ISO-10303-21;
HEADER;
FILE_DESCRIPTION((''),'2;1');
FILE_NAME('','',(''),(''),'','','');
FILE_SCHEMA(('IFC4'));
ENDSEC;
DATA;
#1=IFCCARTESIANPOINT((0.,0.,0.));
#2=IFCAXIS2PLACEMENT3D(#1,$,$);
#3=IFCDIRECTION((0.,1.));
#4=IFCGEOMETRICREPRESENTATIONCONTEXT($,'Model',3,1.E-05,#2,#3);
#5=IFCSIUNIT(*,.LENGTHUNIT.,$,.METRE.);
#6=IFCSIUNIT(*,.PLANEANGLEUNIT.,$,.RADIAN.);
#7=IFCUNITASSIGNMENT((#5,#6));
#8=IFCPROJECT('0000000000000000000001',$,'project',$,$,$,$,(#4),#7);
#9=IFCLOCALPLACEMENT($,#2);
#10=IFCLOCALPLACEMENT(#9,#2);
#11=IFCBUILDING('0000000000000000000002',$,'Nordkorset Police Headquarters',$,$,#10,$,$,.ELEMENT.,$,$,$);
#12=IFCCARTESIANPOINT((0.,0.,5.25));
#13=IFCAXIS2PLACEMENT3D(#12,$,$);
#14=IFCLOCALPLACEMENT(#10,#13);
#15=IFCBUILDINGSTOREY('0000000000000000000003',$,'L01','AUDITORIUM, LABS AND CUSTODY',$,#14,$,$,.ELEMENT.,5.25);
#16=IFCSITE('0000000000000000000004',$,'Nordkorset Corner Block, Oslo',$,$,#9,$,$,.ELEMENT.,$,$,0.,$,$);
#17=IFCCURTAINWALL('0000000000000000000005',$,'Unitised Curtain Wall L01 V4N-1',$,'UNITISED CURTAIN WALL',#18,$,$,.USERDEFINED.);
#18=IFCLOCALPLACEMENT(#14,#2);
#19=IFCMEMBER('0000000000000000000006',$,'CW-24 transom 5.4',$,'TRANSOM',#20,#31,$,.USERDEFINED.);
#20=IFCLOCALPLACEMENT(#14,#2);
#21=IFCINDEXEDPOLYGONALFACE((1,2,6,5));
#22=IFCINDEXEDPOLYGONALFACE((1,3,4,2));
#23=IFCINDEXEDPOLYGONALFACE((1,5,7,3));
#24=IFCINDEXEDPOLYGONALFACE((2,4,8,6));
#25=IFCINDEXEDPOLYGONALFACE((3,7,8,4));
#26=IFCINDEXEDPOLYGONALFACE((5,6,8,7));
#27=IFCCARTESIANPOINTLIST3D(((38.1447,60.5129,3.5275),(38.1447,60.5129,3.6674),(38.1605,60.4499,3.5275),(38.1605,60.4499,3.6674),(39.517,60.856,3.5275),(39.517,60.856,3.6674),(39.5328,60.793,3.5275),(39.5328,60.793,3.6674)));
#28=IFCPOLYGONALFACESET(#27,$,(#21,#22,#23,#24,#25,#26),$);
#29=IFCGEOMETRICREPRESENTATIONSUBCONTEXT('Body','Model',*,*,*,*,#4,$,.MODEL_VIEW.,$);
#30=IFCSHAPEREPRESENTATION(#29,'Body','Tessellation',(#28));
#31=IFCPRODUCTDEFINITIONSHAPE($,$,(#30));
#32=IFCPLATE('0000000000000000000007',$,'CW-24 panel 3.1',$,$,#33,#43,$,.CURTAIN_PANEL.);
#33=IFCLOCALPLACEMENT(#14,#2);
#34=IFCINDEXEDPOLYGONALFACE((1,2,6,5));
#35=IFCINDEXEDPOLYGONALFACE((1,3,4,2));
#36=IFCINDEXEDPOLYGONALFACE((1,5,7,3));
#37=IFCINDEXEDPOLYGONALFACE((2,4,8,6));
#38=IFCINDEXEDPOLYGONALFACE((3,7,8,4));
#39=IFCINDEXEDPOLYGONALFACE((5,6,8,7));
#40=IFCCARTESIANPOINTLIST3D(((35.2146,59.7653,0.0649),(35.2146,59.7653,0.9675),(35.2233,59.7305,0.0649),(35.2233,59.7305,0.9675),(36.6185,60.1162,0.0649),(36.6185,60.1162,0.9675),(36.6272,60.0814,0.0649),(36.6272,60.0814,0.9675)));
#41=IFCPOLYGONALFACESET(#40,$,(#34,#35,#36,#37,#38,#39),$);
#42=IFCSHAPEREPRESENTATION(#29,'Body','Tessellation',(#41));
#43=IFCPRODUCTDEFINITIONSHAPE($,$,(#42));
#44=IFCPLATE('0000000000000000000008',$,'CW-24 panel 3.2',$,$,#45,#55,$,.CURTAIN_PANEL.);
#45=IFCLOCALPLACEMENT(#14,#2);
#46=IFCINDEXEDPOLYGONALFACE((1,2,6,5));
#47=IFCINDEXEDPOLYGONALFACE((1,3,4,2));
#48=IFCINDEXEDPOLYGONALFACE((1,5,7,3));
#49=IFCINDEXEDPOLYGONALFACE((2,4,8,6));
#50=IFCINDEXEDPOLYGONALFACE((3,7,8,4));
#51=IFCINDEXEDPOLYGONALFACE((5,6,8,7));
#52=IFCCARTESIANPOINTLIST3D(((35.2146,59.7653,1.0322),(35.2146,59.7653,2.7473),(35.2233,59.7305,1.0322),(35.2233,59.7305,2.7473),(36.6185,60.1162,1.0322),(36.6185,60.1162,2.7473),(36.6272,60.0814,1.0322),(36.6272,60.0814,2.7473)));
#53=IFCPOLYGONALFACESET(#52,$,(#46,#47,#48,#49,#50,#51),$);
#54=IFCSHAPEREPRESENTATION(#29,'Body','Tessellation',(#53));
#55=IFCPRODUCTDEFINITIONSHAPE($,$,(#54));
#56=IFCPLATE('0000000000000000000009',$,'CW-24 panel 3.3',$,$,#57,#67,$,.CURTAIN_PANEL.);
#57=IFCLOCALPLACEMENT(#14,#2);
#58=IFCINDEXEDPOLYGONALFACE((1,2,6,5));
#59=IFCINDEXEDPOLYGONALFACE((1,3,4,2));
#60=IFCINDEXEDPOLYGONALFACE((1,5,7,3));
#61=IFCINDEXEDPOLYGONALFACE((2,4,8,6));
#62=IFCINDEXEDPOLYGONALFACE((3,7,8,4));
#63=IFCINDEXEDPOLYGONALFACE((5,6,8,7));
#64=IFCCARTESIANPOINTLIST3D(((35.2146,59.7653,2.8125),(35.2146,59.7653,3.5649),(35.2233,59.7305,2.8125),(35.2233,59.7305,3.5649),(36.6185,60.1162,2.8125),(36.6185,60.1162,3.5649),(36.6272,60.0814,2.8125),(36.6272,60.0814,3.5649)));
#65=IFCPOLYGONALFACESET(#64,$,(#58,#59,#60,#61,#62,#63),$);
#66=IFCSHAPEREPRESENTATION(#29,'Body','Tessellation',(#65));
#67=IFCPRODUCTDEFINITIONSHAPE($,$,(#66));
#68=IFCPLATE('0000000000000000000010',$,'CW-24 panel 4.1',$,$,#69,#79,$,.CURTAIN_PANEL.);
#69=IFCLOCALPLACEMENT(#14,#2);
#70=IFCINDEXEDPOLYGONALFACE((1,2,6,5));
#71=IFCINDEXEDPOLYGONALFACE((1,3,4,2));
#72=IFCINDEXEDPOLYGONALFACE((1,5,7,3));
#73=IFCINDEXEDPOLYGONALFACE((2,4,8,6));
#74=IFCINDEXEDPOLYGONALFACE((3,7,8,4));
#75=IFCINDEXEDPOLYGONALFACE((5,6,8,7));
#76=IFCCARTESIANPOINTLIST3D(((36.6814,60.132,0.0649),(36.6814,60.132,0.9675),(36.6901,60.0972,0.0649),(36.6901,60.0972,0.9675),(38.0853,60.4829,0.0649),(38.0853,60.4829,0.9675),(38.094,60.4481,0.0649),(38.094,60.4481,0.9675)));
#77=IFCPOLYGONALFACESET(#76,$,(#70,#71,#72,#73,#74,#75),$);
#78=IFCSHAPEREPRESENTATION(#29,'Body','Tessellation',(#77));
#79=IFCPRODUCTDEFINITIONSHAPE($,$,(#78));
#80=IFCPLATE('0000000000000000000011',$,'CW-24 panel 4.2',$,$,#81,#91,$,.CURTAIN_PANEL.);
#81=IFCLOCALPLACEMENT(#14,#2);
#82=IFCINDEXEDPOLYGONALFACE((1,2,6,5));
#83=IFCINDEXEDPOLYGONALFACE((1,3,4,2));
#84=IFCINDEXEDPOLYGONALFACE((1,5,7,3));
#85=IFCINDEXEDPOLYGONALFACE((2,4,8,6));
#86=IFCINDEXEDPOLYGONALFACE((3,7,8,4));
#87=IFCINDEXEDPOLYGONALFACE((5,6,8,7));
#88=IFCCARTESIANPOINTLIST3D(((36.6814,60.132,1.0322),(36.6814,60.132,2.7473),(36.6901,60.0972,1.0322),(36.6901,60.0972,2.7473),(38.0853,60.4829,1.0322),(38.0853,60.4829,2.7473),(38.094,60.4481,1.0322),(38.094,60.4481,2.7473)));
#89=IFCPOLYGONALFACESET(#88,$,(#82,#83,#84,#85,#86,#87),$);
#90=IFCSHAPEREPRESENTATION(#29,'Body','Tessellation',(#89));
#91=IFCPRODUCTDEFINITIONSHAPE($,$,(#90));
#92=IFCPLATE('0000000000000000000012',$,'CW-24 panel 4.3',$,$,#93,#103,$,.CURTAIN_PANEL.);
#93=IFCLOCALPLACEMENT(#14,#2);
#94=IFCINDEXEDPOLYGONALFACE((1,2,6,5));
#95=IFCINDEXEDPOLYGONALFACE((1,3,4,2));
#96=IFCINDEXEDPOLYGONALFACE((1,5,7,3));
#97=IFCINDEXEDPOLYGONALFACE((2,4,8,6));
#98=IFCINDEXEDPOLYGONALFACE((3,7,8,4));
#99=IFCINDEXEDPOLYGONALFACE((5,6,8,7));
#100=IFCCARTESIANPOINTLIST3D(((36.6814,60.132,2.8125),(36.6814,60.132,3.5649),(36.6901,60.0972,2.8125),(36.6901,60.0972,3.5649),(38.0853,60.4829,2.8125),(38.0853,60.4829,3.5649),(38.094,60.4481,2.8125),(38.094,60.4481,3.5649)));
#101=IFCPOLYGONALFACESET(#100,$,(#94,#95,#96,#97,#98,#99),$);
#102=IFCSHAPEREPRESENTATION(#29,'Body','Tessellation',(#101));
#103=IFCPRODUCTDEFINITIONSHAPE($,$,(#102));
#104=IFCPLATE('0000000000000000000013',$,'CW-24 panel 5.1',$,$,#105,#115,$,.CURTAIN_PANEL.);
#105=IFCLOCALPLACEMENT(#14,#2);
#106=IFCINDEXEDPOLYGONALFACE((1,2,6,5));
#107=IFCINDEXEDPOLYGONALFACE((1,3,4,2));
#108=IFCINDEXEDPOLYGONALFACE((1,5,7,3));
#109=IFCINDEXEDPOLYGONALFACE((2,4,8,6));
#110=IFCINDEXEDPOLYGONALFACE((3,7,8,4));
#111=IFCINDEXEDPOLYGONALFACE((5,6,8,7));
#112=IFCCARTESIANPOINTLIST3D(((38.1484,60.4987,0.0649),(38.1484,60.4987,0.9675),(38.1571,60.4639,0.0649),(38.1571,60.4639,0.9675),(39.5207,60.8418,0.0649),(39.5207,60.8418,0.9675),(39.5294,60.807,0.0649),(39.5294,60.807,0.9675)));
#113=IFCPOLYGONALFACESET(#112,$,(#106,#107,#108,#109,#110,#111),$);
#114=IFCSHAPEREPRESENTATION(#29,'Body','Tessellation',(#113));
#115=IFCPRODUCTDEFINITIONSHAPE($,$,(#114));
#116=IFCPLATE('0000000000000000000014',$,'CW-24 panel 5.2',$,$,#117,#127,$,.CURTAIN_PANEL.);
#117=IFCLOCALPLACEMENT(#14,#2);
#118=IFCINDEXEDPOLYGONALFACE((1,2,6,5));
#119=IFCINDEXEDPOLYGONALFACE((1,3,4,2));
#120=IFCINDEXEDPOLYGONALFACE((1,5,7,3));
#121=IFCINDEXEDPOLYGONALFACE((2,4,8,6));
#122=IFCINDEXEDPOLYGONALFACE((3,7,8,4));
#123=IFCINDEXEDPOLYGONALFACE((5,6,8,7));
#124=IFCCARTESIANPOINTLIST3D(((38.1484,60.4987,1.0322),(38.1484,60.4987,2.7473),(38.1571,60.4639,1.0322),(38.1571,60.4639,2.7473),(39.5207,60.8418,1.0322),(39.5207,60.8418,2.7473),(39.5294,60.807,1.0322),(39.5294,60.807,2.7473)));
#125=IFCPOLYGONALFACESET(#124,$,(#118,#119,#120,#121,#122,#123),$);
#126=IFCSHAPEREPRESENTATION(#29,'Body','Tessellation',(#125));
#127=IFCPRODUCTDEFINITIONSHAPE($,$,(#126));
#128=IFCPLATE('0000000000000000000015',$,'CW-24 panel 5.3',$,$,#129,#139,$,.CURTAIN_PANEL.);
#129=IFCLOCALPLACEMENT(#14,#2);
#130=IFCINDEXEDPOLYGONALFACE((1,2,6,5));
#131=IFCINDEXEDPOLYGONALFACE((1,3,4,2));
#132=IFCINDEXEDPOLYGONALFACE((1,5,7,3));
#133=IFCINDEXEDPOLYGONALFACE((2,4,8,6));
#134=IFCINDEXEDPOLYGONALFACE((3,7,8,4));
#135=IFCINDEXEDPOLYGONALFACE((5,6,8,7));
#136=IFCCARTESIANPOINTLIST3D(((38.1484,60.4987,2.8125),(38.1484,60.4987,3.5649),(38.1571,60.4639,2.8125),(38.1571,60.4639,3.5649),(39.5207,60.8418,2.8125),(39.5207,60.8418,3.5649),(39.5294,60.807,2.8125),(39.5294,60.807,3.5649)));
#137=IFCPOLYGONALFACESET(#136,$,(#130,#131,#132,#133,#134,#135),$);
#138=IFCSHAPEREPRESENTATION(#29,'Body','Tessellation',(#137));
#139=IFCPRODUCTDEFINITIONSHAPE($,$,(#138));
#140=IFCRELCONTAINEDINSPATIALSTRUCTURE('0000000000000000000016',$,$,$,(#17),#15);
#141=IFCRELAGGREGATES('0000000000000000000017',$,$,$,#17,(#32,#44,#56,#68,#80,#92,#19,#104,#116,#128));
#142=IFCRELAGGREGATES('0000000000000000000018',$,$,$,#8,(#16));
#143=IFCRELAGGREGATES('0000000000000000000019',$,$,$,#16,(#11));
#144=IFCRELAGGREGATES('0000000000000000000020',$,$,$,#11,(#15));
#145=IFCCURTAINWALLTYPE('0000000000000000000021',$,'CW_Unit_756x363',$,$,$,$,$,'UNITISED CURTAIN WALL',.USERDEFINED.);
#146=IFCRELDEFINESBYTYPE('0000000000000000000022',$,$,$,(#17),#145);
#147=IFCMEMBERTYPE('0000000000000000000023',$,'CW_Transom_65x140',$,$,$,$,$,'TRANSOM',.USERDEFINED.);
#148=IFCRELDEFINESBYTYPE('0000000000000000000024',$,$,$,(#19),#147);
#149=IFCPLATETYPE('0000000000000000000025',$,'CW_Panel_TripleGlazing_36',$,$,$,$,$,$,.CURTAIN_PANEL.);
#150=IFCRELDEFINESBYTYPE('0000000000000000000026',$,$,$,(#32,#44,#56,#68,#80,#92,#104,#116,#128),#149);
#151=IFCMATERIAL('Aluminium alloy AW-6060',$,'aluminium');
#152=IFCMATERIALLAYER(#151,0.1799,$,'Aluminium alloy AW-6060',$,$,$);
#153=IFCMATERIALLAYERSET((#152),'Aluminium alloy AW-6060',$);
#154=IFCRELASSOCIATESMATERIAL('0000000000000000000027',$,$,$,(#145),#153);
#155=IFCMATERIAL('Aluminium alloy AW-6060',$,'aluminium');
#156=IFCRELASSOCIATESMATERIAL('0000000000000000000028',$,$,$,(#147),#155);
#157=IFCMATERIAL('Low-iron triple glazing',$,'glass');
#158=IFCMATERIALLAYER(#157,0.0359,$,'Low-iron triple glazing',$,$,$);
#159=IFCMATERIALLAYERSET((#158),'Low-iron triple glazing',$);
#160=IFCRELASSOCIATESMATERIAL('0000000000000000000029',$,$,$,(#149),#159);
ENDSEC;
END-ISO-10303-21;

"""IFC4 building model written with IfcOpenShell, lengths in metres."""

from ifc_helpers import new_model, si_unit, direction, frame, origin, origin_2d, place, context, subcontext, project, spatial, rectangle, extrude, material, layer, layer_set, material_profile, profile_set, type_object, element, aggregate, save


model = new_model("IFC4")

# Units and contexts
model_context = context("Model", 3, precision=1e-05, world=origin(), true_north=direction((0.0, 1.0)))
body_context = subcontext(model_context, "Body", "Model", "MODEL_VIEW")
ifc_project = project(units=[si_unit("LENGTHUNIT", "METRE"), si_unit("PLANEANGLEUNIT", "RADIAN")], contexts=[model_context])

# Site, building, storey
site_placement = place(None, origin())
site = spatial("IfcSite", under=ifc_project, at=site_placement, Name="Nordkorset Corner Block, Oslo", CompositionType="ELEMENT", RefElevation=0.0)
building_placement = place(site_placement, origin())
building = spatial("IfcBuilding", under=site, at=building_placement, Name="Nordkorset Police Headquarters", CompositionType="ELEMENT")
storey_placement = place(building_placement, frame((0.0, 0.0, 5.25)))
storey = spatial("IfcBuildingStorey", under=building, at=storey_placement, Name="L01", Description="AUDITORIUM, LABS AND CUSTODY", CompositionType="ELEMENT", Elevation=5.25)

# Curtain wall, member, plates
ifc_material_1 = material(Name="Aluminium alloy AW-6060", Category="aluminium")
ifc_layer_1 = layer(ifc_material_1, 0.1799, Name="Aluminium alloy AW-6060")
ifc_layer_set_1 = layer_set([ifc_layer_1], Name="Aluminium alloy AW-6060")
curtain_wall_type = type_object("IfcCurtainWallType", Name="CW_Unit_756x363", ElementType="UNITISED CURTAIN WALL", PredefinedType="USERDEFINED", material=ifc_layer_set_1)
curtain_wall_placement = place(storey_placement, origin())
curtain_wall = element("IfcCurtainWall", 1, at=curtain_wall_placement, inside=storey, type_object=curtain_wall_type, Name="Unitised Curtain Wall L01 V4N-1", ObjectType="UNITISED CURTAIN WALL", PredefinedType="USERDEFINED")
ifc_material_2 = material(Name="Aluminium alloy AW-6060", Category="aluminium")
ifc_material_profile_1 = material_profile(ifc_material_2, rectangle(XDim=0.0649, YDim=0.1399, at=origin_2d()), Name="ALU TRAN 65x140")
ifc_profile_set_1 = profile_set([ifc_material_profile_1], Name="Aluminium alloy AW-6060")
member_type_1 = type_object("IfcMemberType", Name="CW_Transom_65x140", ElementType="TRANSOM", PredefinedType="USERDEFINED", material=ifc_profile_set_1)
member_1_placement = place(storey_placement, frame((38.1526, 60.4814, 3.5974), z_axis=(0.970153, 0.242495, 0.0), x_axis=(-0.242495, 0.970153, 0.0)))
member_1 = element("IfcMember", 2, at=member_1_placement, type_object=member_type_1, Name="CW-24 transom 5.4", ObjectType="TRANSOM", PredefinedType="USERDEFINED", context=body_context, shape_type="SweptSolid", body=[
    extrude(rectangle(XDim=0.0649, YDim=0.1399, at=origin_2d()), origin(), (0.0, 0.0, 1.0), 1.4146),
])
ifc_material_3 = material(Name="Low-iron triple glazing", Category="glass")
ifc_layer_2 = layer(ifc_material_3, 0.0359, Name="Low-iron triple glazing")
ifc_layer_set_2 = layer_set([ifc_layer_2], Name="Low-iron triple glazing")
plate_type = type_object("IfcPlateType", Name="CW_Panel_TripleGlazing_36", PredefinedType="CURTAIN_PANEL", material=ifc_layer_set_2)
plate_1_placement = place(storey_placement, frame((35.9209, 59.9233, 0.0649), z_axis=(0.0, 0.0, 1.0), x_axis=(0.970143, 0.242536, 0.0)))
plate_1 = element("IfcPlate", 3, at=plate_1_placement, type_object=plate_type, Name="CW-24 panel 3.1", PredefinedType="CURTAIN_PANEL", context=body_context, shape_type="SweptSolid", body=[
    extrude(rectangle(XDim=1.447, YDim=0.0359, at=origin_2d()), origin(), (0.0, 0.0, 1.0), 0.9026),
])
plate_2_placement = place(storey_placement, frame((35.9209, 59.9233, 1.0322), z_axis=(0.0, 0.0, 1.0), x_axis=(0.970143, 0.242536, 0.0)))
plate_2 = element("IfcPlate", 4, at=plate_2_placement, type_object=plate_type, Name="CW-24 panel 3.2", PredefinedType="CURTAIN_PANEL", context=body_context, shape_type="SweptSolid", body=[
    extrude(rectangle(XDim=1.447, YDim=0.0359, at=origin_2d()), origin(), (0.0, 0.0, 1.0), 1.7151),
])
plate_3_placement = place(storey_placement, frame((35.9209, 59.9233, 2.8125), z_axis=(0.0, 0.0, 1.0), x_axis=(0.970143, 0.242536, 0.0)))
plate_3 = element("IfcPlate", 5, at=plate_3_placement, type_object=plate_type, Name="CW-24 panel 3.3", PredefinedType="CURTAIN_PANEL", context=body_context, shape_type="SweptSolid", body=[
    extrude(rectangle(XDim=1.447, YDim=0.0359, at=origin_2d()), origin(), (0.0, 0.0, 1.0), 0.7524),
])
plate_4_placement = place(storey_placement, frame((37.3877, 60.29, 0.0649), z_axis=(0.0, 0.0, 1.0), x_axis=(0.970143, 0.242536, 0.0)))
plate_4 = element("IfcPlate", 6, at=plate_4_placement, type_object=plate_type, Name="CW-24 panel 4.1", PredefinedType="CURTAIN_PANEL", context=body_context, shape_type="SweptSolid", body=[
    extrude(rectangle(XDim=1.447, YDim=0.0359, at=origin_2d()), origin(), (0.0, 0.0, 1.0), 0.9026),
])
plate_5_placement = place(storey_placement, frame((37.3877, 60.29, 1.0322), z_axis=(0.0, 0.0, 1.0), x_axis=(0.970143, 0.242536, 0.0)))
plate_5 = element("IfcPlate", 7, at=plate_5_placement, type_object=plate_type, Name="CW-24 panel 4.2", PredefinedType="CURTAIN_PANEL", context=body_context, shape_type="SweptSolid", body=[
    extrude(rectangle(XDim=1.447, YDim=0.0359, at=origin_2d()), origin(), (0.0, 0.0, 1.0), 1.7151),
])
plate_6_placement = place(storey_placement, frame((37.3877, 60.29, 2.8125), z_axis=(0.0, 0.0, 1.0), x_axis=(0.970143, 0.242536, 0.0)))
plate_6 = element("IfcPlate", 8, at=plate_6_placement, type_object=plate_type, Name="CW-24 panel 4.3", PredefinedType="CURTAIN_PANEL", context=body_context, shape_type="SweptSolid", body=[
    extrude(rectangle(XDim=1.447, YDim=0.0359, at=origin_2d()), origin(), (0.0, 0.0, 1.0), 0.7524),
])
plate_7_placement = place(storey_placement, frame((38.8389, 60.6528, 0.0649), z_axis=(0.0, 0.0, 1.0), x_axis=(0.970143, 0.242536, 0.0)))
plate_7 = element("IfcPlate", 9, at=plate_7_placement, type_object=plate_type, Name="CW-24 panel 5.1", PredefinedType="CURTAIN_PANEL", context=body_context, shape_type="SweptSolid", body=[
    extrude(rectangle(XDim=1.4146, YDim=0.0359, at=origin_2d()), origin(), (0.0, 0.0, 1.0), 0.9026),
])
plate_8_placement = place(storey_placement, frame((38.8389, 60.6528, 1.0322), z_axis=(0.0, 0.0, 1.0), x_axis=(0.970143, 0.242536, 0.0)))
plate_8 = element("IfcPlate", 10, at=plate_8_placement, type_object=plate_type, Name="CW-24 panel 5.2", PredefinedType="CURTAIN_PANEL", context=body_context, shape_type="SweptSolid", body=[
    extrude(rectangle(XDim=1.4146, YDim=0.0359, at=origin_2d()), origin(), (0.0, 0.0, 1.0), 1.7151),
])
plate_9_placement = place(storey_placement, frame((38.8389, 60.6528, 2.8125), z_axis=(0.0, 0.0, 1.0), x_axis=(0.970143, 0.242536, 0.0)))
plate_9 = element("IfcPlate", 11, at=plate_9_placement, type_object=plate_type, Name="CW-24 panel 5.3", PredefinedType="CURTAIN_PANEL", context=body_context, shape_type="SweptSolid", body=[
    extrude(rectangle(XDim=1.4146, YDim=0.0359, at=origin_2d()), origin(), (0.0, 0.0, 1.0), 0.7524),
])
aggregate(curtain_wall, [plate_1, plate_2, plate_3, plate_4, plate_5, plate_6, member_1, plate_7, plate_8, plate_9])

save(model, "model.ifc")
